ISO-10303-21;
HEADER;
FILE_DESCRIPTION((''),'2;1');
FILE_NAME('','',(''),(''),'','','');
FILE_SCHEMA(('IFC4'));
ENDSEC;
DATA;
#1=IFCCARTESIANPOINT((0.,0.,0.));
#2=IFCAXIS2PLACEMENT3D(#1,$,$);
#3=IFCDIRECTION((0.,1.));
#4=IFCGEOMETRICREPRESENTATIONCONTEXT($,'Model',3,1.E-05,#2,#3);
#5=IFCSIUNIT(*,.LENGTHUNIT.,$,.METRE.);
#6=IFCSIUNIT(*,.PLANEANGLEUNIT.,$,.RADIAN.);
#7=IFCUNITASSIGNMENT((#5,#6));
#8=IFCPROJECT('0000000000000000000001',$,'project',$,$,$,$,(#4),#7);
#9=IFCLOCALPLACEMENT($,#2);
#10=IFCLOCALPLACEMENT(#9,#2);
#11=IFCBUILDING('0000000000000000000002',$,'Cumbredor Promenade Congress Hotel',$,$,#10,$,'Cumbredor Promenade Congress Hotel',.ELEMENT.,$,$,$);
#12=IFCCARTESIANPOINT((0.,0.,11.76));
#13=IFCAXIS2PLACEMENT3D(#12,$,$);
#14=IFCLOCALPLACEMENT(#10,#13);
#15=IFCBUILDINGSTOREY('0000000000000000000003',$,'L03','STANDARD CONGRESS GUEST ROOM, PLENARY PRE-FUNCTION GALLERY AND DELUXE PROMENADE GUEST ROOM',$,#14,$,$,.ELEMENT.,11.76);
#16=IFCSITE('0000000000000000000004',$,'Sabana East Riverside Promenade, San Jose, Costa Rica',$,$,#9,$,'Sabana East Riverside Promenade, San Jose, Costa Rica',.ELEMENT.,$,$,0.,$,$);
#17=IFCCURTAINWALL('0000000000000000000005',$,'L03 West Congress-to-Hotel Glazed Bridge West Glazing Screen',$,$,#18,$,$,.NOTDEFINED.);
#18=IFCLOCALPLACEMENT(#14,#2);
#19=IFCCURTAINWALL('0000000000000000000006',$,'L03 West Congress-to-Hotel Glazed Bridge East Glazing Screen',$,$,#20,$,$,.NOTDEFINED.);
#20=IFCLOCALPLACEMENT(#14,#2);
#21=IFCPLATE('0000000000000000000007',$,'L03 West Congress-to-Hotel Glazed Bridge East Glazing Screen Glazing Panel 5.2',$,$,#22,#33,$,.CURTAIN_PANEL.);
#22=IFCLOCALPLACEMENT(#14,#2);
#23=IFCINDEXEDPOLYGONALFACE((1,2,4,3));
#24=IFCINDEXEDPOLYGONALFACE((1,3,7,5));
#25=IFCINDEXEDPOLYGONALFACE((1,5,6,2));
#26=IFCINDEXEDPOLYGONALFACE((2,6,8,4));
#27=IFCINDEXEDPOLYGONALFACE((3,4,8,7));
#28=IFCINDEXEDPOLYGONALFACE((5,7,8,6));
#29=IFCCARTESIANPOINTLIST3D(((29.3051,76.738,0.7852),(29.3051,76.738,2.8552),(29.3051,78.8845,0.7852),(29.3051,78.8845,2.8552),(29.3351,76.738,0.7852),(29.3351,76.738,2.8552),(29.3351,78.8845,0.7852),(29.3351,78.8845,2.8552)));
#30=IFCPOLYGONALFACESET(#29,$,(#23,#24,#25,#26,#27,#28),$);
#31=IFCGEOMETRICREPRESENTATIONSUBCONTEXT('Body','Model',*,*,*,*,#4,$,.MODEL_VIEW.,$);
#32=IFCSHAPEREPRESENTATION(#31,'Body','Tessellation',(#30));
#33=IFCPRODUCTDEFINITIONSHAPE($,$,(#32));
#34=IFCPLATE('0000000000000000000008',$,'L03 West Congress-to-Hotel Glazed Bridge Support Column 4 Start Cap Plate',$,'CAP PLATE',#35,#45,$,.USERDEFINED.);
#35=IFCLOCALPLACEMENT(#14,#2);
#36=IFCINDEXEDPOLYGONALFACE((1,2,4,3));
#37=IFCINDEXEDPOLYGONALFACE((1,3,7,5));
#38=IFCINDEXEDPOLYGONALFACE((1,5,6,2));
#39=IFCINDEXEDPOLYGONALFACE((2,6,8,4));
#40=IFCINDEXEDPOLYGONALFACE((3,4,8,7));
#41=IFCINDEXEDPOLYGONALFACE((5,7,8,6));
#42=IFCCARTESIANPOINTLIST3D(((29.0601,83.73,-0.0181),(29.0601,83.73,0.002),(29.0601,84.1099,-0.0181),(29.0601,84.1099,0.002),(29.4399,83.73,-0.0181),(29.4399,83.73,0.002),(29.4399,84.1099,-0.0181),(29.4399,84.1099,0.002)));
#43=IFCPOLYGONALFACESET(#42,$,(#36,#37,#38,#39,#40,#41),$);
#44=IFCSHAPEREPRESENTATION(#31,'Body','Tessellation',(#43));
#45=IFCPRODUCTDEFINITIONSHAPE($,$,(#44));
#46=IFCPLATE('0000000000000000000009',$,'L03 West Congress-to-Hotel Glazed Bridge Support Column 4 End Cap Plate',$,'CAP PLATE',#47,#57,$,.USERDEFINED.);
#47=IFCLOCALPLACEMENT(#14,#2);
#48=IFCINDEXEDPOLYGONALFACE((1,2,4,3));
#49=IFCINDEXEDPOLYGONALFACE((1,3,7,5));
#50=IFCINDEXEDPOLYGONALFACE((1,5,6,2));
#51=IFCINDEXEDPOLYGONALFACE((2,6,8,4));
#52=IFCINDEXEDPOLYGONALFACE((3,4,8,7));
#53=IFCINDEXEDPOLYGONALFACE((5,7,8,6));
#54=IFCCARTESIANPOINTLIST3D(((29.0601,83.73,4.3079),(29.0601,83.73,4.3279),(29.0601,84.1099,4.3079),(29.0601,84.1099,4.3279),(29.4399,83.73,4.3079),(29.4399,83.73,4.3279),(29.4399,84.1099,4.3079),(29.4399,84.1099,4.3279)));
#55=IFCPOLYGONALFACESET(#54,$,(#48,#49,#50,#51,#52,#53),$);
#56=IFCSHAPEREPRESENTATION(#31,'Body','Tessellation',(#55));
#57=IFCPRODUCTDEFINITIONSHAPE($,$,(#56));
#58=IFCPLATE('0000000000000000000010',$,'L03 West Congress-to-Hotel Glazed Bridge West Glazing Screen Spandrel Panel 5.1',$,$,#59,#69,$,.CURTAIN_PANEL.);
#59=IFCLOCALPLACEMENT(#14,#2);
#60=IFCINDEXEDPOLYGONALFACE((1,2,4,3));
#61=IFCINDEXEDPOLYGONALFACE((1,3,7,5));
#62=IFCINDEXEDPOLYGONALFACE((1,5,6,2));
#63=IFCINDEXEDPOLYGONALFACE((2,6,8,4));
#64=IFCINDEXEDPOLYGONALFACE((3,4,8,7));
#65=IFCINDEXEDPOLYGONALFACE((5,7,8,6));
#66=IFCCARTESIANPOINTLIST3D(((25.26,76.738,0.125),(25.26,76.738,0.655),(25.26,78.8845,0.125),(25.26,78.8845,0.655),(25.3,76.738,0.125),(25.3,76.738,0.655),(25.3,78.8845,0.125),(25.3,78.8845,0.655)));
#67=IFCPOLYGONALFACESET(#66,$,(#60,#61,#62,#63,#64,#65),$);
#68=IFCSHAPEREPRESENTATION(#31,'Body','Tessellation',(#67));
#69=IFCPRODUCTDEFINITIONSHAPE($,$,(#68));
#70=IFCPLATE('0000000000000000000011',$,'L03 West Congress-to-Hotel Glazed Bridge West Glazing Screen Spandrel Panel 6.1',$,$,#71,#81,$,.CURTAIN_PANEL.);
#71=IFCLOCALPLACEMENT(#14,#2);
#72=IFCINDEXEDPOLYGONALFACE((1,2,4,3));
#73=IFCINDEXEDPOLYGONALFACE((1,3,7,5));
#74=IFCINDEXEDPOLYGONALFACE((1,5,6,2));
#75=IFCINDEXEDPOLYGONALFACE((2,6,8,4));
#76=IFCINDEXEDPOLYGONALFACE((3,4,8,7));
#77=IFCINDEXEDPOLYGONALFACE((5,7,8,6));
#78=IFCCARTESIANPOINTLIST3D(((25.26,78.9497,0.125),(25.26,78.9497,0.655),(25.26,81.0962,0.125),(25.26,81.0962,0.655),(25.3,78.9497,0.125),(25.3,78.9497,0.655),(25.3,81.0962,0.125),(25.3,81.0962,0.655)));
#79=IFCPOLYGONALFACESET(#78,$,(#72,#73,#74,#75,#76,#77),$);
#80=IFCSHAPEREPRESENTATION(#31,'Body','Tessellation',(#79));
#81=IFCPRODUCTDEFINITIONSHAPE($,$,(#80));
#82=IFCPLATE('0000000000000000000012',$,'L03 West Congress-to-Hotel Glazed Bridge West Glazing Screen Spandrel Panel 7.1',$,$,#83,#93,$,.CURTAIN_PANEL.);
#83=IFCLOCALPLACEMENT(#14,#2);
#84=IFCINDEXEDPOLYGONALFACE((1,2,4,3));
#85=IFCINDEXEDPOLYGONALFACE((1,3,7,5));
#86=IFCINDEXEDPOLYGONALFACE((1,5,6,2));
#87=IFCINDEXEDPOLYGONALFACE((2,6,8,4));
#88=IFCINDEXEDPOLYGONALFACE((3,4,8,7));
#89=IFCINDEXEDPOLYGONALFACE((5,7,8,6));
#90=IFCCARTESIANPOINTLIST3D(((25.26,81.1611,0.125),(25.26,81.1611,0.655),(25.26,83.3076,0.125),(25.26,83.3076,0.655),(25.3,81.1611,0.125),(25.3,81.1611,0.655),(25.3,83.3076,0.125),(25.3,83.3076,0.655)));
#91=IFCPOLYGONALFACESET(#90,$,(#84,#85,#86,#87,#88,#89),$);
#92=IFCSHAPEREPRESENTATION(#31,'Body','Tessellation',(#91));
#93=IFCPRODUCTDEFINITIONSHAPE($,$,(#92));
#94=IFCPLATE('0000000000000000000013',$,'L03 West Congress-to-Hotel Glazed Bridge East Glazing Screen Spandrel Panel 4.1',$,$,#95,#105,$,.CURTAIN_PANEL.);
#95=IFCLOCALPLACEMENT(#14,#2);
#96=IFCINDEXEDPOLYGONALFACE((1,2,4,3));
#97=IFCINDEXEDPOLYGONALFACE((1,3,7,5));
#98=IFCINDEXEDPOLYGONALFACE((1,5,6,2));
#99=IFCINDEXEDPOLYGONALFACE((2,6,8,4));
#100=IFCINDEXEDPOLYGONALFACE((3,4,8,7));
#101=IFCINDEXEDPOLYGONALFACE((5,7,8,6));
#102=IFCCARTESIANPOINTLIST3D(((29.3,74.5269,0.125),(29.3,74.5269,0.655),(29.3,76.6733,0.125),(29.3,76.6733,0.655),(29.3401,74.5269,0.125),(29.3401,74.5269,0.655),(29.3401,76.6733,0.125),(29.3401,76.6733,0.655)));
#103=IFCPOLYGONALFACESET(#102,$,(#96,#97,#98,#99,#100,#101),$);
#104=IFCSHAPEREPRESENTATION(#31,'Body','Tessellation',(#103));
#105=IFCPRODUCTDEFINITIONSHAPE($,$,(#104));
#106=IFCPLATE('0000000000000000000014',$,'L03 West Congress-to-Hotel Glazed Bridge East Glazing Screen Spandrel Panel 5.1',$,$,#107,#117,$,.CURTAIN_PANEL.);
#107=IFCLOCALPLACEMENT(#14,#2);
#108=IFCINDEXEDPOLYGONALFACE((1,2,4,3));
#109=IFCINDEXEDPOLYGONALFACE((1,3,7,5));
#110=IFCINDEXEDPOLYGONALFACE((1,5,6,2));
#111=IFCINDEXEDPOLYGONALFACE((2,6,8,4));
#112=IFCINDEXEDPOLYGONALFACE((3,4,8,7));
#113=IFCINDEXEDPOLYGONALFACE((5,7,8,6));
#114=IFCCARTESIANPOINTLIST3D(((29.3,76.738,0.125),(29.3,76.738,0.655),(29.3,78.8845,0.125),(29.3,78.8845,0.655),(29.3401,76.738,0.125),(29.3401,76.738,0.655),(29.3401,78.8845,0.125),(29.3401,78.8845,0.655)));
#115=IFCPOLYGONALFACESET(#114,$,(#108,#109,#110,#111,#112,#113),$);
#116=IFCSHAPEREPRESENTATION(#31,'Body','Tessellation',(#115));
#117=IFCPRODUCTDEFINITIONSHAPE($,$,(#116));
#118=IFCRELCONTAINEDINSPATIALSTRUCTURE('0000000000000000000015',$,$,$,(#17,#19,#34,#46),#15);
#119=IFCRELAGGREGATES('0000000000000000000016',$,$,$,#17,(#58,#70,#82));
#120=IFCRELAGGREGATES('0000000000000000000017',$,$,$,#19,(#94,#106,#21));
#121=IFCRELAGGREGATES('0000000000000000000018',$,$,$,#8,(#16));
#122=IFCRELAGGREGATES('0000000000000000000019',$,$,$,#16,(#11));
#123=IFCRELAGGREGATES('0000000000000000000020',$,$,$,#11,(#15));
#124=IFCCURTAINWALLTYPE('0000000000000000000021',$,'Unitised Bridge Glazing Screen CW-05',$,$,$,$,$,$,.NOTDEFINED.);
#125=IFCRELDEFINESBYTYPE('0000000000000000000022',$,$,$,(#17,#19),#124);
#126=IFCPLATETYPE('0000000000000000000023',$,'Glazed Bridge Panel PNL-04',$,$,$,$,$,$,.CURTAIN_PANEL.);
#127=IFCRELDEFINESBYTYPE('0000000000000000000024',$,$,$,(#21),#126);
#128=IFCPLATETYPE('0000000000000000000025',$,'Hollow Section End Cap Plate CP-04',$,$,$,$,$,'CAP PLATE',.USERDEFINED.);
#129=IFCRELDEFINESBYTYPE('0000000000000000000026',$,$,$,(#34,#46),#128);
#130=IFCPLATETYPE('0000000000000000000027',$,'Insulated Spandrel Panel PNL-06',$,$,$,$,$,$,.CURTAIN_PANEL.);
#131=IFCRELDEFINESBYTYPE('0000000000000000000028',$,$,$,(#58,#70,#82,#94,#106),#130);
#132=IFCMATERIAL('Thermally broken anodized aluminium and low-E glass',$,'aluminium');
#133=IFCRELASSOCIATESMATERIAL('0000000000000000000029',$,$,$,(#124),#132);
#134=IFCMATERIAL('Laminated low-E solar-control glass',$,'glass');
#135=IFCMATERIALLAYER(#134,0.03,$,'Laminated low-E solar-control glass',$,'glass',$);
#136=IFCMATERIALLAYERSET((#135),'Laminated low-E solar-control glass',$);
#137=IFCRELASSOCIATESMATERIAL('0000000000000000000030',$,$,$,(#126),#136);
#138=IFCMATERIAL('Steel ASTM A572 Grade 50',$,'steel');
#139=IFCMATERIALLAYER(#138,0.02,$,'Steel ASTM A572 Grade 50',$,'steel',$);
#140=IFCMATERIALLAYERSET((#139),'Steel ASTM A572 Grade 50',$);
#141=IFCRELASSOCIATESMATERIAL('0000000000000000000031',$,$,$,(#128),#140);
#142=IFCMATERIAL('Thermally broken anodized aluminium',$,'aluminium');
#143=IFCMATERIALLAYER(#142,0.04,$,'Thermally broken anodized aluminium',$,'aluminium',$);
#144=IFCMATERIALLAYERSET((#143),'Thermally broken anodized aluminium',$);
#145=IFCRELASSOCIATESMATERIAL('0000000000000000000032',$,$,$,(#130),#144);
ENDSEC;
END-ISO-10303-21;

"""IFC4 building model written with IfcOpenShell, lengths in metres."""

from ifc_helpers import new_model, si_unit, direction, frame, origin, origin_2d, place, context, subcontext, project, spatial, rectangle, extrude, material, layer, layer_set, type_object, element, aggregate, save


model = new_model("IFC4")

# Units and contexts
model_context = context("Model", 3, precision=1e-05, world=origin(), true_north=direction((0.0, 1.0)))
body_context = subcontext(model_context, "Body", "Model", "MODEL_VIEW")
ifc_project = project(units=[si_unit("LENGTHUNIT", "METRE"), si_unit("PLANEANGLEUNIT", "RADIAN")], contexts=[model_context])

# Site, building, storey
site_placement = place(None, origin())
site = spatial("IfcSite", under=ifc_project, at=site_placement, Name="Sabana East Riverside Promenade, San Jose, Costa Rica", LongName="Sabana East Riverside Promenade, San Jose, Costa Rica", CompositionType="ELEMENT", RefElevation=0.0)
building_placement = place(site_placement, origin())
building = spatial("IfcBuilding", under=site, at=building_placement, Name="Cumbredor Promenade Congress Hotel", LongName="Cumbredor Promenade Congress Hotel", CompositionType="ELEMENT")
storey_placement = place(building_placement, frame((0.0, 0.0, 11.76)))
storey = spatial("IfcBuildingStorey", under=building, at=storey_placement, Name="L03", Description="STANDARD CONGRESS GUEST ROOM, PLENARY PRE-FUNCTION GALLERY AND DELUXE PROMENADE GUEST ROOM", CompositionType="ELEMENT", Elevation=11.76)

# Curtain walls
ifc_material_1 = material(Name="Thermally broken anodized aluminium and low-E glass", Category="aluminium")
curtain_wall_type = type_object("IfcCurtainWallType", Name="Unitised Bridge Glazing Screen CW-05", PredefinedType="NOTDEFINED", material=ifc_material_1)
curtain_wall_1_placement = place(storey_placement, origin())
curtain_wall_1 = element("IfcCurtainWall", 1, at=curtain_wall_1_placement, inside=storey, type_object=curtain_wall_type, Name="L03 West Congress-to-Hotel Glazed Bridge West Glazing Screen", PredefinedType="NOTDEFINED")
ifc_material_2 = material(Name="Thermally broken anodized aluminium", Category="aluminium")
curtain_wall_2_placement = place(storey_placement, origin())
curtain_wall_2 = element("IfcCurtainWall", 2, at=curtain_wall_2_placement, inside=storey, type_object=curtain_wall_type, Name="L03 West Congress-to-Hotel Glazed Bridge East Glazing Screen", PredefinedType="NOTDEFINED")

# Plate
ifc_material_3 = material(Name="Laminated low-E solar-control glass", Category="glass")
ifc_layer_1 = layer(ifc_material_3, 0.03, Name="Laminated low-E solar-control glass", Category="glass")
ifc_layer_set_1 = layer_set([ifc_layer_1], Name="Laminated low-E solar-control glass")
plate_type_1 = type_object("IfcPlateType", Name="Glazed Bridge Panel PNL-04", PredefinedType="CURTAIN_PANEL", material=ifc_layer_set_1)
plate_1_placement = place(storey_placement, frame((29.3201, 77.8113, 0.7852), z_axis=(0.0, 0.0, 1.0), x_axis=(0.0, 1.0, 0.0)))
plate_1 = element("IfcPlate", 3, at=plate_1_placement, type_object=plate_type_1, Name="L03 West Congress-to-Hotel Glazed Bridge East Glazing Screen Glazing Panel 5.2", PredefinedType="CURTAIN_PANEL", context=body_context, shape_type="SweptSolid", body=[
    extrude(rectangle(XDim=2.1465, YDim=0.03, at=origin_2d()), origin(), (0.0, 0.0, 1.0), 2.0701),
])

# Plates
ifc_material_4 = material(Name="Steel ASTM A572 Grade 50", Category="steel")
ifc_layer_2 = layer(ifc_material_4, 0.02, Name="Steel ASTM A572 Grade 50", Category="steel")
ifc_layer_set_2 = layer_set([ifc_layer_2], Name="Steel ASTM A572 Grade 50")
plate_type_2 = type_object("IfcPlateType", Name="Hollow Section End Cap Plate CP-04", ElementType="CAP PLATE", PredefinedType="USERDEFINED", material=ifc_layer_set_2)
for number, where, z_axis, x_axis, name in (
    (4, (29.25, 83.9199, -0.0181), (0.0, 0.0, 1.0), (1.0, 0.0, 0.0), "L03 West Congress-to-Hotel Glazed Bridge Support Column 4 Start Cap Plate"),
    (5, (29.25, 83.9199, 4.3079), (0.0, 0.0, 1.0), (1.0, 0.0, 0.0), "L03 West Congress-to-Hotel Glazed Bridge Support Column 4 End Cap Plate"),
):
    element("IfcPlate", number, at=place(storey_placement, frame(where, z_axis=z_axis, x_axis=x_axis)), inside=storey, type_object=plate_type_2, Name=name, ObjectType="CAP PLATE", PredefinedType="USERDEFINED", context=body_context, shape_type="SweptSolid", body=[
        extrude(rectangle(XDim=0.3799, YDim=0.3799, at=origin_2d()), origin(), (0.0, 0.0, 1.0), 0.02),
    ])

# Plates
ifc_layer_3 = layer(ifc_material_2, 0.04, Name="Thermally broken anodized aluminium", Category="aluminium")
ifc_layer_set_3 = layer_set([ifc_layer_3], Name="Thermally broken anodized aluminium")
plate_type_3 = type_object("IfcPlateType", Name="Insulated Spandrel Panel PNL-06", PredefinedType="CURTAIN_PANEL", material=ifc_layer_set_3)
plate_2_placement = place(storey_placement, frame((25.28, 77.8113, 0.125), z_axis=(0.0, 0.0, 1.0), x_axis=(0.0, 1.0, 0.0)))
plate_2 = element("IfcPlate", 6, at=plate_2_placement, type_object=plate_type_3, Name="L03 West Congress-to-Hotel Glazed Bridge West Glazing Screen Spandrel Panel 5.1", PredefinedType="CURTAIN_PANEL", context=body_context, shape_type="SweptSolid", body=[
    extrude(rectangle(XDim=2.1465, YDim=0.04, at=origin_2d()), origin(), (0.0, 0.0, 1.0), 0.53),
])
plate_3_placement = place(storey_placement, frame((25.28, 80.0229, 0.125), z_axis=(0.0, 0.0, 1.0), x_axis=(0.0, 1.0, 0.0)))
plate_3 = element("IfcPlate", 7, at=plate_3_placement, type_object=plate_type_3, Name="L03 West Congress-to-Hotel Glazed Bridge West Glazing Screen Spandrel Panel 6.1", PredefinedType="CURTAIN_PANEL", context=body_context, shape_type="SweptSolid", body=[
    extrude(rectangle(XDim=2.1465, YDim=0.04, at=origin_2d()), origin(), (0.0, 0.0, 1.0), 0.53),
])
plate_4_placement = place(storey_placement, frame((25.28, 82.2344, 0.125), z_axis=(0.0, 0.0, 1.0), x_axis=(0.0, 1.0, 0.0)))
plate_4 = element("IfcPlate", 8, at=plate_4_placement, type_object=plate_type_3, Name="L03 West Congress-to-Hotel Glazed Bridge West Glazing Screen Spandrel Panel 7.1", PredefinedType="CURTAIN_PANEL", context=body_context, shape_type="SweptSolid", body=[
    extrude(rectangle(XDim=2.1465, YDim=0.04, at=origin_2d()), origin(), (0.0, 0.0, 1.0), 0.53),
])
aggregate(curtain_wall_1, [plate_2, plate_3, plate_4])
plate_5_placement = place(storey_placement, frame((29.3201, 75.6001, 0.125), z_axis=(0.0, 0.0, 1.0), x_axis=(0.0, 1.0, 0.0)))
plate_5 = element("IfcPlate", 9, at=plate_5_placement, type_object=plate_type_3, Name="L03 West Congress-to-Hotel Glazed Bridge East Glazing Screen Spandrel Panel 4.1", PredefinedType="CURTAIN_PANEL", context=body_context, shape_type="SweptSolid", body=[
    extrude(rectangle(XDim=2.1465, YDim=0.04, at=origin_2d()), origin(), (0.0, 0.0, 1.0), 0.53),
])
plate_6_placement = place(storey_placement, frame((29.3201, 77.8113, 0.125), z_axis=(0.0, 0.0, 1.0), x_axis=(0.0, 1.0, 0.0)))
plate_6 = element("IfcPlate", 10, at=plate_6_placement, type_object=plate_type_3, Name="L03 West Congress-to-Hotel Glazed Bridge East Glazing Screen Spandrel Panel 5.1", PredefinedType="CURTAIN_PANEL", context=body_context, shape_type="SweptSolid", body=[
    extrude(rectangle(XDim=2.1465, YDim=0.04, at=origin_2d()), origin(), (0.0, 0.0, 1.0), 0.53),
])
aggregate(curtain_wall_2, [plate_5, plate_6, plate_1])

save(model, "model.ifc")
